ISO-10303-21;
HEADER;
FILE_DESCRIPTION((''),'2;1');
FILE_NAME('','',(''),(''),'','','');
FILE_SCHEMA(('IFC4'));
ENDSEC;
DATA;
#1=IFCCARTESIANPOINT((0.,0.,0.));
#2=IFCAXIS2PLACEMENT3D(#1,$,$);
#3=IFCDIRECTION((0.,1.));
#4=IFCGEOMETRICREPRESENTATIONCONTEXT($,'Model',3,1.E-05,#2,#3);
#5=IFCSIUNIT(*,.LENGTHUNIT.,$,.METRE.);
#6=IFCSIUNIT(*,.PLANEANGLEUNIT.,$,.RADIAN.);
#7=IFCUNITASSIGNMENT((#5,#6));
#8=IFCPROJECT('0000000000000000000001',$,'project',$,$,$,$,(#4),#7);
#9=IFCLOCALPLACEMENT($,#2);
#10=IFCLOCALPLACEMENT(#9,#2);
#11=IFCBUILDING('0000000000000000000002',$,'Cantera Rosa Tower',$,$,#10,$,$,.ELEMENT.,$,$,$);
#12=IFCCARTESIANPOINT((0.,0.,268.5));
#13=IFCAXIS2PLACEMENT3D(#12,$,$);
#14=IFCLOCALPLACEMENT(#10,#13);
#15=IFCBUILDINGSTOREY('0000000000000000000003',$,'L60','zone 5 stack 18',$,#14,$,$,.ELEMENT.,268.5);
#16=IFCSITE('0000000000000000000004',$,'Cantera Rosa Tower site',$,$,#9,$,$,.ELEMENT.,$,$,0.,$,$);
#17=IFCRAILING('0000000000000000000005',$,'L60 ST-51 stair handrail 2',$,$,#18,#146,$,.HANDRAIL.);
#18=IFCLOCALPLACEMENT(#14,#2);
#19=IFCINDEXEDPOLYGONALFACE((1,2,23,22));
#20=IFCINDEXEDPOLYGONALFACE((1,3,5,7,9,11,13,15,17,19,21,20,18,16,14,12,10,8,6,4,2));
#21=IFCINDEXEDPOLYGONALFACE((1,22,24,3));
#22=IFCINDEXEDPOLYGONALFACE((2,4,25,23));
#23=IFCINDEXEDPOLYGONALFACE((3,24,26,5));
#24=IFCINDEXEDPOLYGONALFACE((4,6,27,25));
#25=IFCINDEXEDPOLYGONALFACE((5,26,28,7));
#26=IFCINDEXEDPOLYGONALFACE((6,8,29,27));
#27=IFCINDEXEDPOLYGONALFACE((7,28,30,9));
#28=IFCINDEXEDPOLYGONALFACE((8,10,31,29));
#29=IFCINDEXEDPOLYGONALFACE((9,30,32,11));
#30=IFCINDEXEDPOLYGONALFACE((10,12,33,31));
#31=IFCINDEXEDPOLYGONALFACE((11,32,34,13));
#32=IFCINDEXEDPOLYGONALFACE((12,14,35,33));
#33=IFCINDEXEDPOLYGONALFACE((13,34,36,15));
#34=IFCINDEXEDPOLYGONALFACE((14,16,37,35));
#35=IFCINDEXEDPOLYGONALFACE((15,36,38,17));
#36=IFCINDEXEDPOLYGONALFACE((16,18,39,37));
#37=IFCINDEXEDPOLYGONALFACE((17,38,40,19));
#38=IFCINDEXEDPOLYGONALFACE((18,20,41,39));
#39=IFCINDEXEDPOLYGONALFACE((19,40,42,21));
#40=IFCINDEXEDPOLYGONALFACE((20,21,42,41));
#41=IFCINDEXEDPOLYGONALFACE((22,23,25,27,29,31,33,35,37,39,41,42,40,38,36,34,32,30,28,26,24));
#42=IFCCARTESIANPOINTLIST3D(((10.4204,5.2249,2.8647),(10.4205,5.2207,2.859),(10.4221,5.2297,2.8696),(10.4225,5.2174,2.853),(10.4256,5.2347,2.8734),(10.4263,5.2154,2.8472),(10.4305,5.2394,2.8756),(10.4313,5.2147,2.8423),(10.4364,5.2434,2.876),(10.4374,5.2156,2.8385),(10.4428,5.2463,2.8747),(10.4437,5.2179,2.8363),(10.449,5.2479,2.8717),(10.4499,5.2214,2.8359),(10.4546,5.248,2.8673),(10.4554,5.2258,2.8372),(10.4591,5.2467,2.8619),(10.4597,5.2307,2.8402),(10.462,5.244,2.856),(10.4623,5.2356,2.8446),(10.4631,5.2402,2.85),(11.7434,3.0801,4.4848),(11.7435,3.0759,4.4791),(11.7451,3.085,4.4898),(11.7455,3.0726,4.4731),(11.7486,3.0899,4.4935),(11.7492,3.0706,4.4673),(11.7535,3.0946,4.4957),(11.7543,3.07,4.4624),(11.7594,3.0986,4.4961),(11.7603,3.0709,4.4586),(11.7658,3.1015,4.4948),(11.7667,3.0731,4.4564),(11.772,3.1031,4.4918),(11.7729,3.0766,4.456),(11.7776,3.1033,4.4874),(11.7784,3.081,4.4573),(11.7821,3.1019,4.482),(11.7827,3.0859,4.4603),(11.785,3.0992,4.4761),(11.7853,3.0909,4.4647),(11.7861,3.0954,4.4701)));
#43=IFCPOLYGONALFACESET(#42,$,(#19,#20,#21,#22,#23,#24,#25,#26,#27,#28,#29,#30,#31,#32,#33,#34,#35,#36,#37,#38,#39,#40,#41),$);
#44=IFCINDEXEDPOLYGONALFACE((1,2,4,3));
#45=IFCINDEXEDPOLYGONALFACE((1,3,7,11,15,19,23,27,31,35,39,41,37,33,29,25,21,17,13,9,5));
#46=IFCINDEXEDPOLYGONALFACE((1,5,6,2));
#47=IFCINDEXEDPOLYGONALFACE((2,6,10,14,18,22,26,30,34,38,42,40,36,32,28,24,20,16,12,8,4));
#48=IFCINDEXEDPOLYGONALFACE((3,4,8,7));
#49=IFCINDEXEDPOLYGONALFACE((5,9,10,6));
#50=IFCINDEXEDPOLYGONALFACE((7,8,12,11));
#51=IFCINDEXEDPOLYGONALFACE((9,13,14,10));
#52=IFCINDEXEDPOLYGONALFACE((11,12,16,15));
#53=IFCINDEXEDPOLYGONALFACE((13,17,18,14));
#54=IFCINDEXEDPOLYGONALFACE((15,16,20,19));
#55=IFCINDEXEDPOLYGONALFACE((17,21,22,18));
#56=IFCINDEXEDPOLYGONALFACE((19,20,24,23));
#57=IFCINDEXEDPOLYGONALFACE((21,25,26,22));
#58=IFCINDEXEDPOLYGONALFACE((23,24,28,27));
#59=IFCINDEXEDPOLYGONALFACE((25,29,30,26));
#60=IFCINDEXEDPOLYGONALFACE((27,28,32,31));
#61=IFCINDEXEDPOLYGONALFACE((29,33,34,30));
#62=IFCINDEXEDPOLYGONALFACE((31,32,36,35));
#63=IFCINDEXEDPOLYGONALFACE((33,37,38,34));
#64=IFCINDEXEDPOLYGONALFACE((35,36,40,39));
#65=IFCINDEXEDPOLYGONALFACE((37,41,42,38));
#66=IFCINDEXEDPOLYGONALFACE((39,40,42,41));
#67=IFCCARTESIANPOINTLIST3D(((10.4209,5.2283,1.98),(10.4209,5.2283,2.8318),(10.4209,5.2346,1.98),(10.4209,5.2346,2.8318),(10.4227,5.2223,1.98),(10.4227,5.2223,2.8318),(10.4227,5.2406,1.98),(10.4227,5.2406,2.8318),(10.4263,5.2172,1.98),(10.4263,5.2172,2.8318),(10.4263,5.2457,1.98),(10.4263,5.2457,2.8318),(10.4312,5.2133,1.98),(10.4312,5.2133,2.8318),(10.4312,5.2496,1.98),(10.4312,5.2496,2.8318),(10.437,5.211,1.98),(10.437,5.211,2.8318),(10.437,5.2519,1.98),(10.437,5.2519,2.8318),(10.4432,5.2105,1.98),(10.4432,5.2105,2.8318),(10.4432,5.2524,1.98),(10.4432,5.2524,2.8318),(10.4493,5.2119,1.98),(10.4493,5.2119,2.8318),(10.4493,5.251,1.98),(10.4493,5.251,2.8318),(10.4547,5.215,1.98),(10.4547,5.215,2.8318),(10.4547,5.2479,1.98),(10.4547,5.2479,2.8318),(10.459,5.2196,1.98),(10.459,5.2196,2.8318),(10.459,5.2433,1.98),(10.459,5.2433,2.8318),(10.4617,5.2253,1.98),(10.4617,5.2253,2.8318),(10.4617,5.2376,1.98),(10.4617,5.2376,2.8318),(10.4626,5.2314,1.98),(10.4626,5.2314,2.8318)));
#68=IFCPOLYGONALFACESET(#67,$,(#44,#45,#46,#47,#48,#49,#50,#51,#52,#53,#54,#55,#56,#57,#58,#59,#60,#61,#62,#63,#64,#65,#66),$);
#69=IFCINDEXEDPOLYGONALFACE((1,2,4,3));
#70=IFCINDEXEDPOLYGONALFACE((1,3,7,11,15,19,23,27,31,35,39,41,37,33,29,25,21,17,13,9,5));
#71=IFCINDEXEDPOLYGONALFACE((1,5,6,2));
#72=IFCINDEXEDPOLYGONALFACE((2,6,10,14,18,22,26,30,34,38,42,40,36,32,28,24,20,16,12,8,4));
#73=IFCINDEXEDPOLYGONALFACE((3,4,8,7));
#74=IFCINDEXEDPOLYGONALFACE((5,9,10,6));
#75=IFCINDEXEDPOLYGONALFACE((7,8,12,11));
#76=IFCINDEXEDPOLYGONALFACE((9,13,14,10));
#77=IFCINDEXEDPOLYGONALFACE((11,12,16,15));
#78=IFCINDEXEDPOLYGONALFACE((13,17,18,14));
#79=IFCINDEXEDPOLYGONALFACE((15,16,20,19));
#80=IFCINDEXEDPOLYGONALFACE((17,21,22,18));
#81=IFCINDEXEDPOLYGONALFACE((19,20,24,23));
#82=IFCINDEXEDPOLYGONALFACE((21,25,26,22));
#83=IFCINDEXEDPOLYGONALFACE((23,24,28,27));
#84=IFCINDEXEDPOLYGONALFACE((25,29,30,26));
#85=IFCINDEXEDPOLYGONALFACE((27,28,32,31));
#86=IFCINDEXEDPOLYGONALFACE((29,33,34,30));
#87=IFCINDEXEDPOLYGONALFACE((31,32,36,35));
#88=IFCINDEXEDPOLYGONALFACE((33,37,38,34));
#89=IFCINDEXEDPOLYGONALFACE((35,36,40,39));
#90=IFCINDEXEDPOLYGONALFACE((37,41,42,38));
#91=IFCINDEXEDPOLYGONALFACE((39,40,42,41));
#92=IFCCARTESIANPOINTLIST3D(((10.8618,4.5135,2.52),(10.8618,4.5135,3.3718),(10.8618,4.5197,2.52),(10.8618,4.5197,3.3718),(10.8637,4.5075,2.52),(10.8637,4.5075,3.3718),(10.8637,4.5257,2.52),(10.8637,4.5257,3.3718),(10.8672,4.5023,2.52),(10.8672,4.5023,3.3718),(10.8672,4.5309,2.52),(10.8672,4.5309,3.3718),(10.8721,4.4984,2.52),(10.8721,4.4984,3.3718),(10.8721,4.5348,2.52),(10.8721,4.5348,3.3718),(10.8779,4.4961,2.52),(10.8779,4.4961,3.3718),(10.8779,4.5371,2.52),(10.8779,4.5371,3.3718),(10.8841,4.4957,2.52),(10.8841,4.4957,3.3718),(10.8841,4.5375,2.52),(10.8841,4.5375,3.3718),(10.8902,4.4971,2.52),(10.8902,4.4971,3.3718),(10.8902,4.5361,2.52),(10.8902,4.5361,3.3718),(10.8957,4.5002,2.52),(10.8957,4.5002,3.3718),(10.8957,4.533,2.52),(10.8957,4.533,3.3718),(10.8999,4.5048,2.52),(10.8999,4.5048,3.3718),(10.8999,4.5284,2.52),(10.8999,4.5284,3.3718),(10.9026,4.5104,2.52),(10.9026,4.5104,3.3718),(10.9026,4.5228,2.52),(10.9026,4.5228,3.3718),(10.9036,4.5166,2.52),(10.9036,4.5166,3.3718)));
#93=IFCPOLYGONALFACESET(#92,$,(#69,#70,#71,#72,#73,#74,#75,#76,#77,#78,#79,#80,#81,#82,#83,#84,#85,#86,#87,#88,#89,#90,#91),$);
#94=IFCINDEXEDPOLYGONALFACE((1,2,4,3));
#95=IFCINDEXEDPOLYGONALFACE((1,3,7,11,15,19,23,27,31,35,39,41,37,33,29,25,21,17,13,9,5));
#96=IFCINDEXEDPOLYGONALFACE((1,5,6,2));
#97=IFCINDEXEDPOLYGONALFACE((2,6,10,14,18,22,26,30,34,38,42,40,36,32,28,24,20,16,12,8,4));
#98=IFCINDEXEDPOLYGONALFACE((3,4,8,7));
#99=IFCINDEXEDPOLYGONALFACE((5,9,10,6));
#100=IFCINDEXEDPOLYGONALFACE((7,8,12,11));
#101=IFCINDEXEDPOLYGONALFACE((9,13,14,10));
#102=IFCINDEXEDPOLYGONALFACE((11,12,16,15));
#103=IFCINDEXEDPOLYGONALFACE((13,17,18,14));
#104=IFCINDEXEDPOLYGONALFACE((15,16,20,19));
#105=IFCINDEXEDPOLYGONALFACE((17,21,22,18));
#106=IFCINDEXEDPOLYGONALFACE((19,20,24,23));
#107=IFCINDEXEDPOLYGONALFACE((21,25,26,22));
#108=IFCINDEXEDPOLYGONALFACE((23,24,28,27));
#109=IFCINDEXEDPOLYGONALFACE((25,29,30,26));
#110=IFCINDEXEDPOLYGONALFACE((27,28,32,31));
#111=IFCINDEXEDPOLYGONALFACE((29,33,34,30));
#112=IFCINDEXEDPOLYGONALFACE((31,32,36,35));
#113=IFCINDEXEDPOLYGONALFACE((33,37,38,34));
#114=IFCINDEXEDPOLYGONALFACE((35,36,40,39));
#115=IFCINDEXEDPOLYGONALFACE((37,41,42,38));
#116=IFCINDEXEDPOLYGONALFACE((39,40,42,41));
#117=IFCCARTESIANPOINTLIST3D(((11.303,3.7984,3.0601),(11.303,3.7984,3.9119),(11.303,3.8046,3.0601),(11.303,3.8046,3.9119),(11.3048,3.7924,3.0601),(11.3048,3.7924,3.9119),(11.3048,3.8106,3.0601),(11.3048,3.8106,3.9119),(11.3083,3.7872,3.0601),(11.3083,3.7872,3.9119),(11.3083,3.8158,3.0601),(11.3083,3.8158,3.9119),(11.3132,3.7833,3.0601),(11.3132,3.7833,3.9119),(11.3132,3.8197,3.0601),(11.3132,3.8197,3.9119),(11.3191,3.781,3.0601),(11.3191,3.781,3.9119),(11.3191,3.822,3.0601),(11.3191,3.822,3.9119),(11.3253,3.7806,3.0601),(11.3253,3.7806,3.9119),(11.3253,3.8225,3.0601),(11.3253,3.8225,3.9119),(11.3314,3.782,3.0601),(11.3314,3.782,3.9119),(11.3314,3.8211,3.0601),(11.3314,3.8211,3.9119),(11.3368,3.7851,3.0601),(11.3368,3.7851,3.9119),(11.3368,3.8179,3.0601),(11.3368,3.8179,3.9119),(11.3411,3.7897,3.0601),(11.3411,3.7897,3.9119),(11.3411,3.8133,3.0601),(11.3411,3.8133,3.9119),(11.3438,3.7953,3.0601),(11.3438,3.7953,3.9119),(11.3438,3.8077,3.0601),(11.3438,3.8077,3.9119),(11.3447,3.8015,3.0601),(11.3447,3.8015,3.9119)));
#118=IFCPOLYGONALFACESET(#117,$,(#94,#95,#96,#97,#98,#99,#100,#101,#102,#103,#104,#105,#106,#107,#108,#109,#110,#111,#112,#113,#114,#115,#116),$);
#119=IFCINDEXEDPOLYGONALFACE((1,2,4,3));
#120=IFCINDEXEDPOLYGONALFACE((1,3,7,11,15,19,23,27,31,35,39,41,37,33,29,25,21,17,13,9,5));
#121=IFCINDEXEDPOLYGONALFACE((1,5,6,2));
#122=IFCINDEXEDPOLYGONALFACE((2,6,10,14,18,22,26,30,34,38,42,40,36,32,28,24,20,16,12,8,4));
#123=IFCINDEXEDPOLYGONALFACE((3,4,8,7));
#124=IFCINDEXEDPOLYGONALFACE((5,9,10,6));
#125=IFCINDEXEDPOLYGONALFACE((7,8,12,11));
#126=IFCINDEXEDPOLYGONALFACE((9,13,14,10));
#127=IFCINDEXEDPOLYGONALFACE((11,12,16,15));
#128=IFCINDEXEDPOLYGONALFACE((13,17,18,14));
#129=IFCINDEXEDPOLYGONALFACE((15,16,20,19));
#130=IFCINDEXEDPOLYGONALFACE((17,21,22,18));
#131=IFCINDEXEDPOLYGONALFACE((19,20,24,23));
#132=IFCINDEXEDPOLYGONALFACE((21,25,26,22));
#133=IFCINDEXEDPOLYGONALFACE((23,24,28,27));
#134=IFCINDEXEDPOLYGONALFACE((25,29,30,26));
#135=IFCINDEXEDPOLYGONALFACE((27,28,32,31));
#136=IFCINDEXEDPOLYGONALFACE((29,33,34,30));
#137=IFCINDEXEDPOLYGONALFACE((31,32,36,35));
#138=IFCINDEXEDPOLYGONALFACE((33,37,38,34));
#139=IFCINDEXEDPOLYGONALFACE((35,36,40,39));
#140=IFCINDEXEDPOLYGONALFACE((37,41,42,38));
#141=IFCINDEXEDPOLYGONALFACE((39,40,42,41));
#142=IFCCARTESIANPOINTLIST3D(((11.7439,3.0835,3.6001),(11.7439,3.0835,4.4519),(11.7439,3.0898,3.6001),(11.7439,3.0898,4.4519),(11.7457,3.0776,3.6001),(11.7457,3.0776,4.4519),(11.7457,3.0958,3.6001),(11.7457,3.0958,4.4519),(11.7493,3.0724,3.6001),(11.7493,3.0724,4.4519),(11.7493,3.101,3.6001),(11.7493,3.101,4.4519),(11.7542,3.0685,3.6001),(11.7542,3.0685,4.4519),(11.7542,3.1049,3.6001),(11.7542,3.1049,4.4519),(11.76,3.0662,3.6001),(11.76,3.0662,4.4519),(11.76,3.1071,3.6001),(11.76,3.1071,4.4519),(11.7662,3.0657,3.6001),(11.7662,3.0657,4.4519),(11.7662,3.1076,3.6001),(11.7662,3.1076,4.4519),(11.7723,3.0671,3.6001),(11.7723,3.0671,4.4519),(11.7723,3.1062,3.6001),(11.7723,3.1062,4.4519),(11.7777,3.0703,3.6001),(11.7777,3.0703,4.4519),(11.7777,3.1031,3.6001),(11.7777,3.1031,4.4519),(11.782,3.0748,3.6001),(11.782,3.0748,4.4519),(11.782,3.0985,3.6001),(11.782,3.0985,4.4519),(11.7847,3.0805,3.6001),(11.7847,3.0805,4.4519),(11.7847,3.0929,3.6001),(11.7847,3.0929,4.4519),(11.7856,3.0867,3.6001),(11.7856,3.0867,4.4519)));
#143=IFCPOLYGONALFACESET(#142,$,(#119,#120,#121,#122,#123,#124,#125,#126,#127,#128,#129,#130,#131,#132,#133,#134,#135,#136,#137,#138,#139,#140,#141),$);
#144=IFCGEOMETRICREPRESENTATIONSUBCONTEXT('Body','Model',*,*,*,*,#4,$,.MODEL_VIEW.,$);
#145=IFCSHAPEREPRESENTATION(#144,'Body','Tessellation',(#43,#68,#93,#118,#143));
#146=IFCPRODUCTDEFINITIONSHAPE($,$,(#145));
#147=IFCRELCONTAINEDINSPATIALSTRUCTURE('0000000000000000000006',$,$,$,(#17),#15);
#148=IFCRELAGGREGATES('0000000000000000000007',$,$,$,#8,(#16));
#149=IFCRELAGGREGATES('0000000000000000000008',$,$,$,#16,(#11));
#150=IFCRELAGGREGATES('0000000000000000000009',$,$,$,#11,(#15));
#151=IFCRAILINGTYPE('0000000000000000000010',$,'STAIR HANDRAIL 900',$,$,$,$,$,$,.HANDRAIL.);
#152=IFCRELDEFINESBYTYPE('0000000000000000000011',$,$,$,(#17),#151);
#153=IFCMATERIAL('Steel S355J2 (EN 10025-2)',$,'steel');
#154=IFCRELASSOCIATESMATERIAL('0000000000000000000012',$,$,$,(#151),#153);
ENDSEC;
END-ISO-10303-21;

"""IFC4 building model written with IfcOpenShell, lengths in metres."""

from ifc_helpers import new_model, si_unit, direction, frame, origin, origin_2d, place, context, subcontext, project, spatial, circle, extrude, material, type_object, element, save


model = new_model("IFC4")

# Units and contexts
model_context = context("Model", 3, precision=1e-05, world=origin(), true_north=direction((0.0, 1.0)))
body_context = subcontext(model_context, "Body", "Model", "MODEL_VIEW")
ifc_project = project(units=[si_unit("LENGTHUNIT", "METRE"), si_unit("PLANEANGLEUNIT", "RADIAN")], contexts=[model_context])

# Site, building, storey
site_placement = place(None, origin())
site = spatial("IfcSite", under=ifc_project, at=site_placement, Name="Cantera Rosa Tower site", CompositionType="ELEMENT", RefElevation=0.0)
building_placement = place(site_placement, origin())
building = spatial("IfcBuilding", under=site, at=building_placement, Name="Cantera Rosa Tower", CompositionType="ELEMENT")
storey_placement = place(building_placement, frame((0.0, 0.0, 268.5)))
storey = spatial("IfcBuildingStorey", under=building, at=storey_placement, Name="L60", Description="zone 5 stack 18", CompositionType="ELEMENT", Elevation=268.5)

# Railing
ifc_material_1 = material(Name="Steel S355J2 (EN 10025-2)", Category="steel")
railing_type_1 = type_object("IfcRailingType", Name="STAIR HANDRAIL 900", PredefinedType="HANDRAIL", material=ifc_material_1)
railing_1_placement = place(storey_placement, frame((10.4417, 5.2314, 1.98)))
element("IfcRailing", 1, at=railing_1_placement, inside=storey, type_object=railing_type_1, Name="L60 ST-51 stair handrail 2", PredefinedType="HANDRAIL", context=body_context, shape_type="SweptSolid", body=[
    extrude(circle(Radius=0.0239, at=origin_2d()), frame((0.0, 0.0, 0.876), z_axis=(0.441609, -0.715914, 0.540786), x_axis=(0.851102, 0.525, 0.0)), (0.0, 0.0, 1.0), 2.9958),
    extrude(circle(Radius=0.021, at=origin_2d()), origin(), (0.0, 0.0, 1.0), 0.8518),
    extrude(circle(Radius=0.021, at=origin_2d()), frame((0.4409, -0.7148, 0.54)), (0.0, 0.0, 1.0), 0.8518),
    extrude(circle(Radius=0.021, at=origin_2d()), frame((0.8821, -1.4299, 1.0801)), (0.0, 0.0, 1.0), 0.8518),
    extrude(circle(Radius=0.021, at=origin_2d()), frame((1.323, -2.1448, 1.6201)), (0.0, 0.0, 1.0), 0.8518),
])

save(model, "model.ifc")
